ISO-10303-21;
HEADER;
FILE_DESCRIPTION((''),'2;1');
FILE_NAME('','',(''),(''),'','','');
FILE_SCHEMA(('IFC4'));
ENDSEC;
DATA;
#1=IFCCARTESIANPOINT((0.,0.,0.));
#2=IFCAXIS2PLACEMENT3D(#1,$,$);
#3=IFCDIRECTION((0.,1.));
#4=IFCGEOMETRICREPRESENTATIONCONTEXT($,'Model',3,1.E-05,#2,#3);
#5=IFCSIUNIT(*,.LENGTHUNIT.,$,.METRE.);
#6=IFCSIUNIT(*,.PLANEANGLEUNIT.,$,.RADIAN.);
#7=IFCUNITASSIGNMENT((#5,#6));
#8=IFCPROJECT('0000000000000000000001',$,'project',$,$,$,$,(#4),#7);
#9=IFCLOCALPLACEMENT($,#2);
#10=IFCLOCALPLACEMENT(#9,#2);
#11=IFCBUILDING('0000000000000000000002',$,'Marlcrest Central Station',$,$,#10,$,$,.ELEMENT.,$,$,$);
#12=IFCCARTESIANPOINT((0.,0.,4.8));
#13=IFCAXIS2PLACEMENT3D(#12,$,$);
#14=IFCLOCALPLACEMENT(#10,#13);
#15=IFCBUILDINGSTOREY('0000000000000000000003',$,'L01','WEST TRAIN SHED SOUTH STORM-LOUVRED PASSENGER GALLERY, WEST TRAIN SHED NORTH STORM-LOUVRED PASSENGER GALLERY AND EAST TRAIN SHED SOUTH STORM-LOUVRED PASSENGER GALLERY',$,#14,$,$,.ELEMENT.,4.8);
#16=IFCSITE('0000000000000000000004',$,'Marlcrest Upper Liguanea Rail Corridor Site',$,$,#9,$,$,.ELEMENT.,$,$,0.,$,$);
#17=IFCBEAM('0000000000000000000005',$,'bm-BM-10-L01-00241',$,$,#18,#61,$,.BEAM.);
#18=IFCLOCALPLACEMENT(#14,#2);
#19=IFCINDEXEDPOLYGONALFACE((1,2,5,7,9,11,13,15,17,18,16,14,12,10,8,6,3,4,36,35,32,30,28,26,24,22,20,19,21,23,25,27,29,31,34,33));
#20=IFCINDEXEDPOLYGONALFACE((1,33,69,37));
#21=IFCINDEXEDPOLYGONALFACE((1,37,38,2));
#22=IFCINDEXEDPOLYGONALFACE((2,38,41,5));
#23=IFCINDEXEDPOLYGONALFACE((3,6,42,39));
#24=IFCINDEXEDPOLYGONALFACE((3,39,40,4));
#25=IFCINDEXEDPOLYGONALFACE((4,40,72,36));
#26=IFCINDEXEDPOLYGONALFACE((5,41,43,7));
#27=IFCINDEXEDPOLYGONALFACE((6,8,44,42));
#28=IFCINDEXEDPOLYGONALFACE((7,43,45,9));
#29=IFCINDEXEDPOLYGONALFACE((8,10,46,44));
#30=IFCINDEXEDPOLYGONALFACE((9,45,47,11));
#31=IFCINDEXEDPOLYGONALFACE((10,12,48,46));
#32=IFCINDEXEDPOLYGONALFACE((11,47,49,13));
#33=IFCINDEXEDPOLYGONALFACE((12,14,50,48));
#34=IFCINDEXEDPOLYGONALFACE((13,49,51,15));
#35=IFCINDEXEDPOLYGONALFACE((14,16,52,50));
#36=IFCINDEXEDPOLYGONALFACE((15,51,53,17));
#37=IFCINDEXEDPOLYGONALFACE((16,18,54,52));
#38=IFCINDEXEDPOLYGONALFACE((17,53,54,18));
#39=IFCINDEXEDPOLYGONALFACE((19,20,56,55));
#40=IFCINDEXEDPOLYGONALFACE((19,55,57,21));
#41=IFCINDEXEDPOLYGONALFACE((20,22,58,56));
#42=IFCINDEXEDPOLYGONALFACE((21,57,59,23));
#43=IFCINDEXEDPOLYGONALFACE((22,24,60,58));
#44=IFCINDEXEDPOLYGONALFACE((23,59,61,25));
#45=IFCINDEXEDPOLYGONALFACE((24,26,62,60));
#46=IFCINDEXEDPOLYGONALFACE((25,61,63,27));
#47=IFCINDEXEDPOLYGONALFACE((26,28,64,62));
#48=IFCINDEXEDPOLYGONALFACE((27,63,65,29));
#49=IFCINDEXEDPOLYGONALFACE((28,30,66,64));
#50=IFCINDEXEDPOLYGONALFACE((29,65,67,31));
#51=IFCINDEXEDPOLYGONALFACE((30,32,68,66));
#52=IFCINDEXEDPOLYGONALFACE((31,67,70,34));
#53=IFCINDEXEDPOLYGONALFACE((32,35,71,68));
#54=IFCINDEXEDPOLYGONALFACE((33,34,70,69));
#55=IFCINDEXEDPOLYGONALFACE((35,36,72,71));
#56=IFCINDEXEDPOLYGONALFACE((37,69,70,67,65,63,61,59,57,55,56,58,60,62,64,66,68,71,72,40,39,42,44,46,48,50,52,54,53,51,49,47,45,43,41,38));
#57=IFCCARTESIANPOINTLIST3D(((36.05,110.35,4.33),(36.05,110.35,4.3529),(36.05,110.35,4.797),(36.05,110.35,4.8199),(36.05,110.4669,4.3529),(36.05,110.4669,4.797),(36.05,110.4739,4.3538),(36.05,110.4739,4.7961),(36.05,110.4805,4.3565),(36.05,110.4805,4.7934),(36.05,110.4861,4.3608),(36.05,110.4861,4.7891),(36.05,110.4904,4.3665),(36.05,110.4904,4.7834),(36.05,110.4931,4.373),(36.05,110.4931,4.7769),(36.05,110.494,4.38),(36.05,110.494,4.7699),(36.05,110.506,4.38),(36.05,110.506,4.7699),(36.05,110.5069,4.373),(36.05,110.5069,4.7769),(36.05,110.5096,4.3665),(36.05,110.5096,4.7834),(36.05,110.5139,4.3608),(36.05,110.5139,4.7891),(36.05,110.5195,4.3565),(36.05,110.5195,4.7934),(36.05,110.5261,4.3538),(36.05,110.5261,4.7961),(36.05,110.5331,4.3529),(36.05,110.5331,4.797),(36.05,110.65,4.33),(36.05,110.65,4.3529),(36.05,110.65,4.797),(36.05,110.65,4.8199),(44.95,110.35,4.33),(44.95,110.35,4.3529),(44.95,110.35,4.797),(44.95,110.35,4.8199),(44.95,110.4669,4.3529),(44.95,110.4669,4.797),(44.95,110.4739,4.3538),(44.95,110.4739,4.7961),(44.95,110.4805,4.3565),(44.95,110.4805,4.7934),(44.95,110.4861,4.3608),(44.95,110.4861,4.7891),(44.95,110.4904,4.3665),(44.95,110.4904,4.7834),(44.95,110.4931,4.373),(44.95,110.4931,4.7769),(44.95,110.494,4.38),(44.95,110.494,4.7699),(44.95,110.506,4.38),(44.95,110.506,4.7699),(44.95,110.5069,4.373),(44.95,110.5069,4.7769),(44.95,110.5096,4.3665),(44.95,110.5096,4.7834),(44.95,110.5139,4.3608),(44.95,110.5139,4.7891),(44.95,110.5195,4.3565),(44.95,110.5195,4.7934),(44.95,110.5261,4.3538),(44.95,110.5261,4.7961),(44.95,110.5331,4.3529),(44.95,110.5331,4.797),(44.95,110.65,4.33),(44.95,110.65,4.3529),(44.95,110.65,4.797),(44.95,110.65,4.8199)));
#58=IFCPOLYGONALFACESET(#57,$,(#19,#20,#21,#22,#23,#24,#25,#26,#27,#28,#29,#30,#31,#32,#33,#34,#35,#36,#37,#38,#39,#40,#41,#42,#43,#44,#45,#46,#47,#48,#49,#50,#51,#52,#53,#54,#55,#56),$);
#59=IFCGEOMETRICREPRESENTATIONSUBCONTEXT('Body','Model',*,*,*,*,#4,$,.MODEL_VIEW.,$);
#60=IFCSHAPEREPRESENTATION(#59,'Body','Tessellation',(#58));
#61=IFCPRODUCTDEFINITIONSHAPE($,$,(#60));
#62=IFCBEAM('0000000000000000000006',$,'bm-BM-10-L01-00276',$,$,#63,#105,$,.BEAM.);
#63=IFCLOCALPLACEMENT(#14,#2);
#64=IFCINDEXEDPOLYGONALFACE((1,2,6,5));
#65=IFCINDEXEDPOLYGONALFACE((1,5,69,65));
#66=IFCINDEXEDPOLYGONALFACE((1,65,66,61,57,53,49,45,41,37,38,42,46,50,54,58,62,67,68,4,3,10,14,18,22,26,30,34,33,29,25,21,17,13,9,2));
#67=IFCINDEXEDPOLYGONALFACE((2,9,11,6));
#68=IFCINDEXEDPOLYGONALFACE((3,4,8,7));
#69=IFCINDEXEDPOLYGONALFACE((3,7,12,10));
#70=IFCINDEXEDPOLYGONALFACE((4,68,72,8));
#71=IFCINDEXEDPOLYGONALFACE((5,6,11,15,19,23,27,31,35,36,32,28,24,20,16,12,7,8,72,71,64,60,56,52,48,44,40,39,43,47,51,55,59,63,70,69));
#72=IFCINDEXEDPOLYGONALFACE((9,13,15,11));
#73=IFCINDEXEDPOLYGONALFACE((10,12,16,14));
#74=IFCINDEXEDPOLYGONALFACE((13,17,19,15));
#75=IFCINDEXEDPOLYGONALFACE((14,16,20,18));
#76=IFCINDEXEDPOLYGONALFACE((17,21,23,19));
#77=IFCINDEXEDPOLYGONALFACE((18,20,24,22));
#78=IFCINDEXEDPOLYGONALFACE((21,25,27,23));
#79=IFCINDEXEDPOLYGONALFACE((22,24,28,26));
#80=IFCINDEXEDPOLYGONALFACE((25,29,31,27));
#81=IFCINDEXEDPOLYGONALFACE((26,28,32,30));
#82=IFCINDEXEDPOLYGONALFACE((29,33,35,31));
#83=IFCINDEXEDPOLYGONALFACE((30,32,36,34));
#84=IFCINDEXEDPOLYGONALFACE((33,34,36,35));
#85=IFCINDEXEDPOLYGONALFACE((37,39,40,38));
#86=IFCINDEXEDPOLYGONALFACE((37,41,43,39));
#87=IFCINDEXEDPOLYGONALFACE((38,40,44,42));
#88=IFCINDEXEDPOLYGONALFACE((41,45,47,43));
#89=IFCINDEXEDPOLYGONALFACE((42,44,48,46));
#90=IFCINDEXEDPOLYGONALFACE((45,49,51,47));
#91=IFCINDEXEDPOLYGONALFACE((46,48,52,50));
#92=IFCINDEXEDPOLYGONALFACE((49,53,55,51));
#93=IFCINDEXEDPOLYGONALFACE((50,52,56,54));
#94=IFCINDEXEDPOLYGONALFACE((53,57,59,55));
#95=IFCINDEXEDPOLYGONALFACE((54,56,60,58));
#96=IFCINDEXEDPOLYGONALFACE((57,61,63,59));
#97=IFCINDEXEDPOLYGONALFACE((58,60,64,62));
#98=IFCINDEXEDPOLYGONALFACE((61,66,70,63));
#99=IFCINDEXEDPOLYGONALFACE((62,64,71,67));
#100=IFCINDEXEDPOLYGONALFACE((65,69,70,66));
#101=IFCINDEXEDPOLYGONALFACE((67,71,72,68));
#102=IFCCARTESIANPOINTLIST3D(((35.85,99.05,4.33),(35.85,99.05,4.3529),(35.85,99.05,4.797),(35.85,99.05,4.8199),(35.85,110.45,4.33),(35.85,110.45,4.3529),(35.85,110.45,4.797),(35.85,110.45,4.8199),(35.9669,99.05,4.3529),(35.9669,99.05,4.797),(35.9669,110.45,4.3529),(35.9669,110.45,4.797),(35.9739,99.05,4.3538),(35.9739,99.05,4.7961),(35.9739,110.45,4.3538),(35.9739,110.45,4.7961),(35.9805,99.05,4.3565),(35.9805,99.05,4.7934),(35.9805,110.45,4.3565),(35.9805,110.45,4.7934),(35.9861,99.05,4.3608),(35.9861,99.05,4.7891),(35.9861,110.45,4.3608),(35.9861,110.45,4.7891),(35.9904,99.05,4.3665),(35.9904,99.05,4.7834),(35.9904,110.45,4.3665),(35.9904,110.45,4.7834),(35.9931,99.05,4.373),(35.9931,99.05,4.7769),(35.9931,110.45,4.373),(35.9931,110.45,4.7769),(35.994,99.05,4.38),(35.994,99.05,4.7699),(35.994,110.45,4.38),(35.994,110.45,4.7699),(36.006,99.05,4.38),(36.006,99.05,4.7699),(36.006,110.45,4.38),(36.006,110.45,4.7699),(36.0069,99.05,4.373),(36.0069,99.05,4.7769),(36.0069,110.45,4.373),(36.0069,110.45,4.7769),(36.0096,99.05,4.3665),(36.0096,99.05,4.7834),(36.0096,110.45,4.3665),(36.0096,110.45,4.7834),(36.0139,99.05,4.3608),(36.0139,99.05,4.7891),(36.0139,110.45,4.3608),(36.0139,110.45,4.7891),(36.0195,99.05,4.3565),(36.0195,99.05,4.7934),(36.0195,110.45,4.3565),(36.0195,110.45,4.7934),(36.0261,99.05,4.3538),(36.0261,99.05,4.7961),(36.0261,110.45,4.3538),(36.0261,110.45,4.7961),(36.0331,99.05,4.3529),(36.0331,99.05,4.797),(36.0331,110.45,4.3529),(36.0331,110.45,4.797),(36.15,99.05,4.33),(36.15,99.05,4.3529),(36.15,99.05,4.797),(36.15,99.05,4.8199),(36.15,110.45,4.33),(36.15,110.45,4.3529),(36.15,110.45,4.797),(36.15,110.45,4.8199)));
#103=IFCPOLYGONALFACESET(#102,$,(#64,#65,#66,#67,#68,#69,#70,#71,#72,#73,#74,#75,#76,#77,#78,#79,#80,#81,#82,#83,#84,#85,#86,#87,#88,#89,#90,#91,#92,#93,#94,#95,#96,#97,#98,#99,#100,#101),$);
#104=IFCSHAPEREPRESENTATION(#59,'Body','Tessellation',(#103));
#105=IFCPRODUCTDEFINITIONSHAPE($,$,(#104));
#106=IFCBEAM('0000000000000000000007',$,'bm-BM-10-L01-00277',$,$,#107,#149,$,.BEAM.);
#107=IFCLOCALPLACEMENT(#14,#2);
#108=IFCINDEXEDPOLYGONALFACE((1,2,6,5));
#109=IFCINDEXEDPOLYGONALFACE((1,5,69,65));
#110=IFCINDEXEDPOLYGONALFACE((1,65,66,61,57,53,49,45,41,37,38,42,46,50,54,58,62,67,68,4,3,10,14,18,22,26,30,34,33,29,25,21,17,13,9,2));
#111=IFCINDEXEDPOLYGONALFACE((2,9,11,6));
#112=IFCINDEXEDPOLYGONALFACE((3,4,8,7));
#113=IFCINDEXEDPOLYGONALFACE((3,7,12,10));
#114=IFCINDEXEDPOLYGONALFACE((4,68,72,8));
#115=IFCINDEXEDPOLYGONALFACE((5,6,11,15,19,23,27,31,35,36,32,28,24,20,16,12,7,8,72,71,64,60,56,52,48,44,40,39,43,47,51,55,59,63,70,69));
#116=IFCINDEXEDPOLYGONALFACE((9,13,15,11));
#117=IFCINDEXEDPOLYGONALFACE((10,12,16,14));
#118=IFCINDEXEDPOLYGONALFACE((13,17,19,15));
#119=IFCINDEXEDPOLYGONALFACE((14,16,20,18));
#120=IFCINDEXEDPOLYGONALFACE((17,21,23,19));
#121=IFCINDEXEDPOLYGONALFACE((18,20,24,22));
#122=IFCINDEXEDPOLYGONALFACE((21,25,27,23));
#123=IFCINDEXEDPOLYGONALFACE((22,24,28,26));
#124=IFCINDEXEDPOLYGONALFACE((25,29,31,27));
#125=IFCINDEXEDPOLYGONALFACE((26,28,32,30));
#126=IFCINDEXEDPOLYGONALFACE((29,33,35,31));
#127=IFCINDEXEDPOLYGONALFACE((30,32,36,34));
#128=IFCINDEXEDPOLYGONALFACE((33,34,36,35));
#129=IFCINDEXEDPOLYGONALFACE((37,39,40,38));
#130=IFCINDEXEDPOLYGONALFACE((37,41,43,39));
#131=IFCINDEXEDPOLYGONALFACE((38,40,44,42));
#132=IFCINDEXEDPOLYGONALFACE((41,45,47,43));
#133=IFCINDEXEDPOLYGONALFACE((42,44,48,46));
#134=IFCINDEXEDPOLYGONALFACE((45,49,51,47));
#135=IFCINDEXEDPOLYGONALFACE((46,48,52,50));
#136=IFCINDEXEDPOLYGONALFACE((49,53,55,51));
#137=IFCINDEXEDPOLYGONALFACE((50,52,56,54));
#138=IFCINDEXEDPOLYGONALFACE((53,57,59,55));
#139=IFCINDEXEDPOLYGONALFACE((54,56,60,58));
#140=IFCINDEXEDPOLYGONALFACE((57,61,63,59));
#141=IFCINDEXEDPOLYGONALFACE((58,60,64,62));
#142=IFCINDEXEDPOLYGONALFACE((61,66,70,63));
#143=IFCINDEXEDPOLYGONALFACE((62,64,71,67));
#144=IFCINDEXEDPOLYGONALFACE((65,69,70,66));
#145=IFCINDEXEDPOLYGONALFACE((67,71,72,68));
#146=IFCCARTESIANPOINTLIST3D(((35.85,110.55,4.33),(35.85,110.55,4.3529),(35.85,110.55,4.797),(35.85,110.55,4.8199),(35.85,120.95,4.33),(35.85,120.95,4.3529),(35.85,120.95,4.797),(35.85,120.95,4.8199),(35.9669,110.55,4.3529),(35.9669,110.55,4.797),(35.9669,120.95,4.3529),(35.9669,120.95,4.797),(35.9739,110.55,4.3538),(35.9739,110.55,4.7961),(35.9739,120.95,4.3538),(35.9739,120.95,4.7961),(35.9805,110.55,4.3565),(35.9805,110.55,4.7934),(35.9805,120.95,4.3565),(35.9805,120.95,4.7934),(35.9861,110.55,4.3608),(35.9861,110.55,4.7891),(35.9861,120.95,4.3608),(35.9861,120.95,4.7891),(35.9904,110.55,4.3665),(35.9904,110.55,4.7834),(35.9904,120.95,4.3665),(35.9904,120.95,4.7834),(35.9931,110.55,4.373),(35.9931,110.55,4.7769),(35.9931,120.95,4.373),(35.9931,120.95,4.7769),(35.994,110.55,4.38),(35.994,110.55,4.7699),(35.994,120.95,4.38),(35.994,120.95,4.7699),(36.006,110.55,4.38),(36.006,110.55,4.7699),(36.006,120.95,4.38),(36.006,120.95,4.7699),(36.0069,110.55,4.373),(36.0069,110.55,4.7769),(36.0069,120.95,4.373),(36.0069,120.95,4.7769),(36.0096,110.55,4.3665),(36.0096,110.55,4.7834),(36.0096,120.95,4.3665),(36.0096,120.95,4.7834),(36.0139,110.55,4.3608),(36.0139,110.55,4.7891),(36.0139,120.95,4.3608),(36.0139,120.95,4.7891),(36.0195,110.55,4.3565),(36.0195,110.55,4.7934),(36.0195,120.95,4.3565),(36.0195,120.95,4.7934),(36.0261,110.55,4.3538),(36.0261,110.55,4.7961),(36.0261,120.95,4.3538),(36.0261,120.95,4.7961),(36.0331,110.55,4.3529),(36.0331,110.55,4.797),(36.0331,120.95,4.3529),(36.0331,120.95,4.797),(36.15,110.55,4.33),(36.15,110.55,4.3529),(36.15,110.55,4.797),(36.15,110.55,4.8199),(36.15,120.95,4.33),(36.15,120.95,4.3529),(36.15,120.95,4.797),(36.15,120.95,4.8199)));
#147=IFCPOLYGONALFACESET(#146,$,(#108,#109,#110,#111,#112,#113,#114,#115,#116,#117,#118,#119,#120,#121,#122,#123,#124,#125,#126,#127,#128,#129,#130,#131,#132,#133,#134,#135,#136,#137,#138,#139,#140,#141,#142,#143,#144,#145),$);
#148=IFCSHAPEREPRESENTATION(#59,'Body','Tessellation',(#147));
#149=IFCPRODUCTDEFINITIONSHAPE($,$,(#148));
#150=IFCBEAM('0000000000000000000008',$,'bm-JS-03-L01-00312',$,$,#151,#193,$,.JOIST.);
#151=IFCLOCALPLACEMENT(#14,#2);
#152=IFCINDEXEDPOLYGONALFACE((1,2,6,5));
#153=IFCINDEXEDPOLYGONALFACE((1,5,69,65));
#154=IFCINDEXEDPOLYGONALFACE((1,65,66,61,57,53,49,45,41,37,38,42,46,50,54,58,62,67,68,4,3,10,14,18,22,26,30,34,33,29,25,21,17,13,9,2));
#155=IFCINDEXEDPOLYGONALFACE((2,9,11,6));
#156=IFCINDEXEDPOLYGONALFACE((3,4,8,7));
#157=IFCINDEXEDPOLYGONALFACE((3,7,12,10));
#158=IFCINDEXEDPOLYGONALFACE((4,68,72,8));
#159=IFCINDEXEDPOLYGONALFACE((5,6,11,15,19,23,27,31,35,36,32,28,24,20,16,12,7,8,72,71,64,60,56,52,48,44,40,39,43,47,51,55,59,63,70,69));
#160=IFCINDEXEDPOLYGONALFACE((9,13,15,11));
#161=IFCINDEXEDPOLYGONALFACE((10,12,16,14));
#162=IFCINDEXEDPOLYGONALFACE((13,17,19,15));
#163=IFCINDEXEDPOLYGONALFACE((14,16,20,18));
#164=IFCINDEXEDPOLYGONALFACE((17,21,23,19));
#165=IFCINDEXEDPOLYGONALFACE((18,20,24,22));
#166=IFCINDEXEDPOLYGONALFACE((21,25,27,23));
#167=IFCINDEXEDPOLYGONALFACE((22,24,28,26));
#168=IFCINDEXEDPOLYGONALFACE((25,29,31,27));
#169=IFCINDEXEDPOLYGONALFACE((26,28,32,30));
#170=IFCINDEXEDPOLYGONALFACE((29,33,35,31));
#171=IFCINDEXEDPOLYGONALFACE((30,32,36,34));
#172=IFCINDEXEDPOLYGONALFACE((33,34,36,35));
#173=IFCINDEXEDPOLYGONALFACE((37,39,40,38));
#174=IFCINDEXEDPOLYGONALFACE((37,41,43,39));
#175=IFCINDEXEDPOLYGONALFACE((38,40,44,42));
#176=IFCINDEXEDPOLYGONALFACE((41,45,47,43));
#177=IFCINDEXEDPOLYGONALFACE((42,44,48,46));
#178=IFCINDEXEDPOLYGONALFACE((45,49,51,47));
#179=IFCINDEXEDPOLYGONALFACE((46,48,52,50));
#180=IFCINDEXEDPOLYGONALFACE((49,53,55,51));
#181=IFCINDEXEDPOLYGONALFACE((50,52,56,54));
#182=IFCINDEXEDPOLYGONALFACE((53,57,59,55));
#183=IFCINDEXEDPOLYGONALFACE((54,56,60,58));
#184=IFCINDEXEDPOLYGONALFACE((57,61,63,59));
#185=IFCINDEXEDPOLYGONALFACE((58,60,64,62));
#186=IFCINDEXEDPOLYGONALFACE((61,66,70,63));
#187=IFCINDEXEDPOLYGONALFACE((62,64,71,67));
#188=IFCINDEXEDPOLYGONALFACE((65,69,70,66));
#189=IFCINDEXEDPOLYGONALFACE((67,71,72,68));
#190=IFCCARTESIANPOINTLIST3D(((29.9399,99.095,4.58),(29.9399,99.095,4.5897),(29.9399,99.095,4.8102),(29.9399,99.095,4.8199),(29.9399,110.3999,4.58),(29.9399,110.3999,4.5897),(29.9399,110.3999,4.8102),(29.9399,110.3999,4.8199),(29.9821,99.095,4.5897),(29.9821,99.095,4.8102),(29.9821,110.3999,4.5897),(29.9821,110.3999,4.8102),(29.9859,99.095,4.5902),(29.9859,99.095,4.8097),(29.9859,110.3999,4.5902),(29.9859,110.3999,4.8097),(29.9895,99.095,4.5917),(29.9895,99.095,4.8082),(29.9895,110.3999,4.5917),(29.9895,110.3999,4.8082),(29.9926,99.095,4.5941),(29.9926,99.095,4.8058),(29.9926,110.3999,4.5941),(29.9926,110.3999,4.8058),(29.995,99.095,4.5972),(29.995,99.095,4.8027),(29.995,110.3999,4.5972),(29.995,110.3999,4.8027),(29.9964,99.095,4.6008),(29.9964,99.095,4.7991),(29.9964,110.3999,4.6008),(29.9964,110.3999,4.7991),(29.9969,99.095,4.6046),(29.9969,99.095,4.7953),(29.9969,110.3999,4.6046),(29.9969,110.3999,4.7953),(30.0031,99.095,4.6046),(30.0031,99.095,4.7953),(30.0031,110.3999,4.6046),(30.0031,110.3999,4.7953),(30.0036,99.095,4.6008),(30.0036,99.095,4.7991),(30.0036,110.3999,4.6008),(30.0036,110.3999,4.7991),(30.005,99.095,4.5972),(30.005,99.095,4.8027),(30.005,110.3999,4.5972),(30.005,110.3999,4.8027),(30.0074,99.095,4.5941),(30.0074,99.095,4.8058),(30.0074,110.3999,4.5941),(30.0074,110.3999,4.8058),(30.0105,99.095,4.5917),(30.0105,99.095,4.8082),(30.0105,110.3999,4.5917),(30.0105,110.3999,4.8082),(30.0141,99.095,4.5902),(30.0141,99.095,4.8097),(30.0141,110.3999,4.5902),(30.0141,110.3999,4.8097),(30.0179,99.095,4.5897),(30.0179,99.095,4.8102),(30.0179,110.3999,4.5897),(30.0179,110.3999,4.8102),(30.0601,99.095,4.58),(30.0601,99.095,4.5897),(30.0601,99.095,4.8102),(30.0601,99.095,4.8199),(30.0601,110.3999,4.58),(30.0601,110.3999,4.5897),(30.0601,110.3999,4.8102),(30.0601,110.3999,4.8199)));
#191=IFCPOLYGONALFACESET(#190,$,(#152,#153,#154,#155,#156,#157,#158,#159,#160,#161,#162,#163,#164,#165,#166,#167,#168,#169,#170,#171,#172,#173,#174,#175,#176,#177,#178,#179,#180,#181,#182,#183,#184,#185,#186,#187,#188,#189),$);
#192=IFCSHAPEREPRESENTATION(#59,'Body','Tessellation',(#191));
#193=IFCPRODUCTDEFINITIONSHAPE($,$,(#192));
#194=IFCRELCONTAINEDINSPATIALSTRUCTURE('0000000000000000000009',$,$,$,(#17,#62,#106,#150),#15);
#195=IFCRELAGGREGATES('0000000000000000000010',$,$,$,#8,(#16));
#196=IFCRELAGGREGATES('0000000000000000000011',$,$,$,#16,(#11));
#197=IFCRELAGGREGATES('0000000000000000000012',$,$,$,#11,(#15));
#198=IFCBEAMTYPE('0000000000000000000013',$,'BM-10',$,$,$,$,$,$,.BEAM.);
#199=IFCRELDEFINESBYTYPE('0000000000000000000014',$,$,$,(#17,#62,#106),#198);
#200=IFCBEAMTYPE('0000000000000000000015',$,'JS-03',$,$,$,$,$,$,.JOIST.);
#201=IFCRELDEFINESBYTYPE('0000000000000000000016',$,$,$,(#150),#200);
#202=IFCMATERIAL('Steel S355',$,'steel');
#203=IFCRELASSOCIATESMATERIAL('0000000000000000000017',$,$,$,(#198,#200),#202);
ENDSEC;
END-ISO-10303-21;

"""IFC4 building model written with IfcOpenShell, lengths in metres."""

from ifc_helpers import new_model, si_unit, direction, frame, origin, origin_2d, place, context, subcontext, project, spatial, i_section, extrude, material, material_profile, profile_set, type_object, element, save


model = new_model("IFC4")

# Units and contexts
model_context = context("Model", 3, precision=1e-05, world=origin(), true_north=direction((0.0, 1.0)))
body_context = subcontext(model_context, "Body", "Model", "MODEL_VIEW")
ifc_project = project(units=[si_unit("LENGTHUNIT", "METRE"), si_unit("PLANEANGLEUNIT", "RADIAN")], contexts=[model_context])

# Site, building, storey
site_placement = place(None, origin())
site = spatial("IfcSite", under=ifc_project, at=site_placement, Name="Marlcrest Upper Liguanea Rail Corridor Site", CompositionType="ELEMENT", RefElevation=0.0)
building_placement = place(site_placement, origin())
building = spatial("IfcBuilding", under=site, at=building_placement, Name="Marlcrest Central Station", CompositionType="ELEMENT")
storey_placement = place(building_placement, frame((0.0, 0.0, 4.8)))
storey = spatial("IfcBuildingStorey", under=building, at=storey_placement, Name="L01", Description="WEST TRAIN SHED SOUTH STORM-LOUVRED PASSENGER GALLERY, WEST TRAIN SHED NORTH STORM-LOUVRED PASSENGER GALLERY AND EAST TRAIN SHED SOUTH STORM-LOUVRED PASSENGER GALLERY", CompositionType="ELEMENT", Elevation=4.8)

# Shared definitions
ifc_material_1 = material(Name="Steel S355", Category="steel")

# Beams
ifc_material_profile_1 = material_profile(ifc_material_1, i_section(OverallWidth=0.3, OverallDepth=0.49, WebThickness=0.012, FlangeThickness=0.0229, FilletRadius=0.0271, at=origin_2d()), Name="HEA 500")
ifc_profile_set_1 = profile_set([ifc_material_profile_1], Name="Steel S355")
beam_type_1 = type_object("IfcBeamType", Name="BM-10", PredefinedType="BEAM", material=ifc_profile_set_1)
beam_1_placement = place(storey_placement, frame((36.05, 110.5, 4.575), z_axis=(1.0, 0.0, 0.0), x_axis=(0.0, 1.0, 0.0)))
element("IfcBeam", 1, at=beam_1_placement, inside=storey, type_object=beam_type_1, Name="bm-BM-10-L01-00241", PredefinedType="BEAM", context=body_context, shape_type="SweptSolid", body=[
    extrude(i_section(OverallWidth=0.3, OverallDepth=0.49, WebThickness=0.012, FlangeThickness=0.0229, FilletRadius=0.0271, at=origin_2d()), origin(), (0.0, 0.0, 1.0), 8.8999),
])
beam_2_placement = place(storey_placement, frame((36.0, 99.05, 4.575), z_axis=(0.0, 1.0, 0.0), x_axis=(-1.0, 0.0, 0.0)))
element("IfcBeam", 2, at=beam_2_placement, inside=storey, type_object=beam_type_1, Name="bm-BM-10-L01-00276", PredefinedType="BEAM", context=body_context, shape_type="SweptSolid", body=[
    extrude(i_section(OverallWidth=0.3, OverallDepth=0.49, WebThickness=0.012, FlangeThickness=0.0229, FilletRadius=0.0271, at=origin_2d()), origin(), (0.0, 0.0, 1.0), 11.3999),
])
beam_3_placement = place(storey_placement, frame((36.0, 110.55, 4.575), z_axis=(0.0, 1.0, 0.0), x_axis=(-1.0, 0.0, 0.0)))
element("IfcBeam", 3, at=beam_3_placement, inside=storey, type_object=beam_type_1, Name="bm-BM-10-L01-00277", PredefinedType="BEAM", context=body_context, shape_type="SweptSolid", body=[
    extrude(i_section(OverallWidth=0.3, OverallDepth=0.49, WebThickness=0.012, FlangeThickness=0.0229, FilletRadius=0.0271, at=origin_2d()), origin(), (0.0, 0.0, 1.0), 10.3999),
])
ifc_material_profile_2 = material_profile(ifc_material_1, i_section(OverallWidth=0.1201, OverallDepth=0.24, WebThickness=0.0061, FlangeThickness=0.0098, FilletRadius=0.0149, at=origin_2d()), Name="IPE 240")
ifc_profile_set_2 = profile_set([ifc_material_profile_2], Name="Steel S355")
beam_type_2 = type_object("IfcBeamType", Name="JS-03", PredefinedType="JOIST", material=ifc_profile_set_2)
beam_4_placement = place(storey_placement, frame((30.0, 99.095, 4.7), z_axis=(0.0, 1.0, 0.0), x_axis=(-1.0, 0.0, 0.0)))
element("IfcBeam", 4, at=beam_4_placement, inside=storey, type_object=beam_type_2, Name="bm-JS-03-L01-00312", PredefinedType="JOIST", context=body_context, shape_type="SweptSolid", body=[
    extrude(i_section(OverallWidth=0.1201, OverallDepth=0.24, WebThickness=0.0061, FlangeThickness=0.0098, FilletRadius=0.0149, at=origin_2d()), origin(), (0.0, 0.0, 1.0), 11.3049),
])

save(model, "model.ifc")
